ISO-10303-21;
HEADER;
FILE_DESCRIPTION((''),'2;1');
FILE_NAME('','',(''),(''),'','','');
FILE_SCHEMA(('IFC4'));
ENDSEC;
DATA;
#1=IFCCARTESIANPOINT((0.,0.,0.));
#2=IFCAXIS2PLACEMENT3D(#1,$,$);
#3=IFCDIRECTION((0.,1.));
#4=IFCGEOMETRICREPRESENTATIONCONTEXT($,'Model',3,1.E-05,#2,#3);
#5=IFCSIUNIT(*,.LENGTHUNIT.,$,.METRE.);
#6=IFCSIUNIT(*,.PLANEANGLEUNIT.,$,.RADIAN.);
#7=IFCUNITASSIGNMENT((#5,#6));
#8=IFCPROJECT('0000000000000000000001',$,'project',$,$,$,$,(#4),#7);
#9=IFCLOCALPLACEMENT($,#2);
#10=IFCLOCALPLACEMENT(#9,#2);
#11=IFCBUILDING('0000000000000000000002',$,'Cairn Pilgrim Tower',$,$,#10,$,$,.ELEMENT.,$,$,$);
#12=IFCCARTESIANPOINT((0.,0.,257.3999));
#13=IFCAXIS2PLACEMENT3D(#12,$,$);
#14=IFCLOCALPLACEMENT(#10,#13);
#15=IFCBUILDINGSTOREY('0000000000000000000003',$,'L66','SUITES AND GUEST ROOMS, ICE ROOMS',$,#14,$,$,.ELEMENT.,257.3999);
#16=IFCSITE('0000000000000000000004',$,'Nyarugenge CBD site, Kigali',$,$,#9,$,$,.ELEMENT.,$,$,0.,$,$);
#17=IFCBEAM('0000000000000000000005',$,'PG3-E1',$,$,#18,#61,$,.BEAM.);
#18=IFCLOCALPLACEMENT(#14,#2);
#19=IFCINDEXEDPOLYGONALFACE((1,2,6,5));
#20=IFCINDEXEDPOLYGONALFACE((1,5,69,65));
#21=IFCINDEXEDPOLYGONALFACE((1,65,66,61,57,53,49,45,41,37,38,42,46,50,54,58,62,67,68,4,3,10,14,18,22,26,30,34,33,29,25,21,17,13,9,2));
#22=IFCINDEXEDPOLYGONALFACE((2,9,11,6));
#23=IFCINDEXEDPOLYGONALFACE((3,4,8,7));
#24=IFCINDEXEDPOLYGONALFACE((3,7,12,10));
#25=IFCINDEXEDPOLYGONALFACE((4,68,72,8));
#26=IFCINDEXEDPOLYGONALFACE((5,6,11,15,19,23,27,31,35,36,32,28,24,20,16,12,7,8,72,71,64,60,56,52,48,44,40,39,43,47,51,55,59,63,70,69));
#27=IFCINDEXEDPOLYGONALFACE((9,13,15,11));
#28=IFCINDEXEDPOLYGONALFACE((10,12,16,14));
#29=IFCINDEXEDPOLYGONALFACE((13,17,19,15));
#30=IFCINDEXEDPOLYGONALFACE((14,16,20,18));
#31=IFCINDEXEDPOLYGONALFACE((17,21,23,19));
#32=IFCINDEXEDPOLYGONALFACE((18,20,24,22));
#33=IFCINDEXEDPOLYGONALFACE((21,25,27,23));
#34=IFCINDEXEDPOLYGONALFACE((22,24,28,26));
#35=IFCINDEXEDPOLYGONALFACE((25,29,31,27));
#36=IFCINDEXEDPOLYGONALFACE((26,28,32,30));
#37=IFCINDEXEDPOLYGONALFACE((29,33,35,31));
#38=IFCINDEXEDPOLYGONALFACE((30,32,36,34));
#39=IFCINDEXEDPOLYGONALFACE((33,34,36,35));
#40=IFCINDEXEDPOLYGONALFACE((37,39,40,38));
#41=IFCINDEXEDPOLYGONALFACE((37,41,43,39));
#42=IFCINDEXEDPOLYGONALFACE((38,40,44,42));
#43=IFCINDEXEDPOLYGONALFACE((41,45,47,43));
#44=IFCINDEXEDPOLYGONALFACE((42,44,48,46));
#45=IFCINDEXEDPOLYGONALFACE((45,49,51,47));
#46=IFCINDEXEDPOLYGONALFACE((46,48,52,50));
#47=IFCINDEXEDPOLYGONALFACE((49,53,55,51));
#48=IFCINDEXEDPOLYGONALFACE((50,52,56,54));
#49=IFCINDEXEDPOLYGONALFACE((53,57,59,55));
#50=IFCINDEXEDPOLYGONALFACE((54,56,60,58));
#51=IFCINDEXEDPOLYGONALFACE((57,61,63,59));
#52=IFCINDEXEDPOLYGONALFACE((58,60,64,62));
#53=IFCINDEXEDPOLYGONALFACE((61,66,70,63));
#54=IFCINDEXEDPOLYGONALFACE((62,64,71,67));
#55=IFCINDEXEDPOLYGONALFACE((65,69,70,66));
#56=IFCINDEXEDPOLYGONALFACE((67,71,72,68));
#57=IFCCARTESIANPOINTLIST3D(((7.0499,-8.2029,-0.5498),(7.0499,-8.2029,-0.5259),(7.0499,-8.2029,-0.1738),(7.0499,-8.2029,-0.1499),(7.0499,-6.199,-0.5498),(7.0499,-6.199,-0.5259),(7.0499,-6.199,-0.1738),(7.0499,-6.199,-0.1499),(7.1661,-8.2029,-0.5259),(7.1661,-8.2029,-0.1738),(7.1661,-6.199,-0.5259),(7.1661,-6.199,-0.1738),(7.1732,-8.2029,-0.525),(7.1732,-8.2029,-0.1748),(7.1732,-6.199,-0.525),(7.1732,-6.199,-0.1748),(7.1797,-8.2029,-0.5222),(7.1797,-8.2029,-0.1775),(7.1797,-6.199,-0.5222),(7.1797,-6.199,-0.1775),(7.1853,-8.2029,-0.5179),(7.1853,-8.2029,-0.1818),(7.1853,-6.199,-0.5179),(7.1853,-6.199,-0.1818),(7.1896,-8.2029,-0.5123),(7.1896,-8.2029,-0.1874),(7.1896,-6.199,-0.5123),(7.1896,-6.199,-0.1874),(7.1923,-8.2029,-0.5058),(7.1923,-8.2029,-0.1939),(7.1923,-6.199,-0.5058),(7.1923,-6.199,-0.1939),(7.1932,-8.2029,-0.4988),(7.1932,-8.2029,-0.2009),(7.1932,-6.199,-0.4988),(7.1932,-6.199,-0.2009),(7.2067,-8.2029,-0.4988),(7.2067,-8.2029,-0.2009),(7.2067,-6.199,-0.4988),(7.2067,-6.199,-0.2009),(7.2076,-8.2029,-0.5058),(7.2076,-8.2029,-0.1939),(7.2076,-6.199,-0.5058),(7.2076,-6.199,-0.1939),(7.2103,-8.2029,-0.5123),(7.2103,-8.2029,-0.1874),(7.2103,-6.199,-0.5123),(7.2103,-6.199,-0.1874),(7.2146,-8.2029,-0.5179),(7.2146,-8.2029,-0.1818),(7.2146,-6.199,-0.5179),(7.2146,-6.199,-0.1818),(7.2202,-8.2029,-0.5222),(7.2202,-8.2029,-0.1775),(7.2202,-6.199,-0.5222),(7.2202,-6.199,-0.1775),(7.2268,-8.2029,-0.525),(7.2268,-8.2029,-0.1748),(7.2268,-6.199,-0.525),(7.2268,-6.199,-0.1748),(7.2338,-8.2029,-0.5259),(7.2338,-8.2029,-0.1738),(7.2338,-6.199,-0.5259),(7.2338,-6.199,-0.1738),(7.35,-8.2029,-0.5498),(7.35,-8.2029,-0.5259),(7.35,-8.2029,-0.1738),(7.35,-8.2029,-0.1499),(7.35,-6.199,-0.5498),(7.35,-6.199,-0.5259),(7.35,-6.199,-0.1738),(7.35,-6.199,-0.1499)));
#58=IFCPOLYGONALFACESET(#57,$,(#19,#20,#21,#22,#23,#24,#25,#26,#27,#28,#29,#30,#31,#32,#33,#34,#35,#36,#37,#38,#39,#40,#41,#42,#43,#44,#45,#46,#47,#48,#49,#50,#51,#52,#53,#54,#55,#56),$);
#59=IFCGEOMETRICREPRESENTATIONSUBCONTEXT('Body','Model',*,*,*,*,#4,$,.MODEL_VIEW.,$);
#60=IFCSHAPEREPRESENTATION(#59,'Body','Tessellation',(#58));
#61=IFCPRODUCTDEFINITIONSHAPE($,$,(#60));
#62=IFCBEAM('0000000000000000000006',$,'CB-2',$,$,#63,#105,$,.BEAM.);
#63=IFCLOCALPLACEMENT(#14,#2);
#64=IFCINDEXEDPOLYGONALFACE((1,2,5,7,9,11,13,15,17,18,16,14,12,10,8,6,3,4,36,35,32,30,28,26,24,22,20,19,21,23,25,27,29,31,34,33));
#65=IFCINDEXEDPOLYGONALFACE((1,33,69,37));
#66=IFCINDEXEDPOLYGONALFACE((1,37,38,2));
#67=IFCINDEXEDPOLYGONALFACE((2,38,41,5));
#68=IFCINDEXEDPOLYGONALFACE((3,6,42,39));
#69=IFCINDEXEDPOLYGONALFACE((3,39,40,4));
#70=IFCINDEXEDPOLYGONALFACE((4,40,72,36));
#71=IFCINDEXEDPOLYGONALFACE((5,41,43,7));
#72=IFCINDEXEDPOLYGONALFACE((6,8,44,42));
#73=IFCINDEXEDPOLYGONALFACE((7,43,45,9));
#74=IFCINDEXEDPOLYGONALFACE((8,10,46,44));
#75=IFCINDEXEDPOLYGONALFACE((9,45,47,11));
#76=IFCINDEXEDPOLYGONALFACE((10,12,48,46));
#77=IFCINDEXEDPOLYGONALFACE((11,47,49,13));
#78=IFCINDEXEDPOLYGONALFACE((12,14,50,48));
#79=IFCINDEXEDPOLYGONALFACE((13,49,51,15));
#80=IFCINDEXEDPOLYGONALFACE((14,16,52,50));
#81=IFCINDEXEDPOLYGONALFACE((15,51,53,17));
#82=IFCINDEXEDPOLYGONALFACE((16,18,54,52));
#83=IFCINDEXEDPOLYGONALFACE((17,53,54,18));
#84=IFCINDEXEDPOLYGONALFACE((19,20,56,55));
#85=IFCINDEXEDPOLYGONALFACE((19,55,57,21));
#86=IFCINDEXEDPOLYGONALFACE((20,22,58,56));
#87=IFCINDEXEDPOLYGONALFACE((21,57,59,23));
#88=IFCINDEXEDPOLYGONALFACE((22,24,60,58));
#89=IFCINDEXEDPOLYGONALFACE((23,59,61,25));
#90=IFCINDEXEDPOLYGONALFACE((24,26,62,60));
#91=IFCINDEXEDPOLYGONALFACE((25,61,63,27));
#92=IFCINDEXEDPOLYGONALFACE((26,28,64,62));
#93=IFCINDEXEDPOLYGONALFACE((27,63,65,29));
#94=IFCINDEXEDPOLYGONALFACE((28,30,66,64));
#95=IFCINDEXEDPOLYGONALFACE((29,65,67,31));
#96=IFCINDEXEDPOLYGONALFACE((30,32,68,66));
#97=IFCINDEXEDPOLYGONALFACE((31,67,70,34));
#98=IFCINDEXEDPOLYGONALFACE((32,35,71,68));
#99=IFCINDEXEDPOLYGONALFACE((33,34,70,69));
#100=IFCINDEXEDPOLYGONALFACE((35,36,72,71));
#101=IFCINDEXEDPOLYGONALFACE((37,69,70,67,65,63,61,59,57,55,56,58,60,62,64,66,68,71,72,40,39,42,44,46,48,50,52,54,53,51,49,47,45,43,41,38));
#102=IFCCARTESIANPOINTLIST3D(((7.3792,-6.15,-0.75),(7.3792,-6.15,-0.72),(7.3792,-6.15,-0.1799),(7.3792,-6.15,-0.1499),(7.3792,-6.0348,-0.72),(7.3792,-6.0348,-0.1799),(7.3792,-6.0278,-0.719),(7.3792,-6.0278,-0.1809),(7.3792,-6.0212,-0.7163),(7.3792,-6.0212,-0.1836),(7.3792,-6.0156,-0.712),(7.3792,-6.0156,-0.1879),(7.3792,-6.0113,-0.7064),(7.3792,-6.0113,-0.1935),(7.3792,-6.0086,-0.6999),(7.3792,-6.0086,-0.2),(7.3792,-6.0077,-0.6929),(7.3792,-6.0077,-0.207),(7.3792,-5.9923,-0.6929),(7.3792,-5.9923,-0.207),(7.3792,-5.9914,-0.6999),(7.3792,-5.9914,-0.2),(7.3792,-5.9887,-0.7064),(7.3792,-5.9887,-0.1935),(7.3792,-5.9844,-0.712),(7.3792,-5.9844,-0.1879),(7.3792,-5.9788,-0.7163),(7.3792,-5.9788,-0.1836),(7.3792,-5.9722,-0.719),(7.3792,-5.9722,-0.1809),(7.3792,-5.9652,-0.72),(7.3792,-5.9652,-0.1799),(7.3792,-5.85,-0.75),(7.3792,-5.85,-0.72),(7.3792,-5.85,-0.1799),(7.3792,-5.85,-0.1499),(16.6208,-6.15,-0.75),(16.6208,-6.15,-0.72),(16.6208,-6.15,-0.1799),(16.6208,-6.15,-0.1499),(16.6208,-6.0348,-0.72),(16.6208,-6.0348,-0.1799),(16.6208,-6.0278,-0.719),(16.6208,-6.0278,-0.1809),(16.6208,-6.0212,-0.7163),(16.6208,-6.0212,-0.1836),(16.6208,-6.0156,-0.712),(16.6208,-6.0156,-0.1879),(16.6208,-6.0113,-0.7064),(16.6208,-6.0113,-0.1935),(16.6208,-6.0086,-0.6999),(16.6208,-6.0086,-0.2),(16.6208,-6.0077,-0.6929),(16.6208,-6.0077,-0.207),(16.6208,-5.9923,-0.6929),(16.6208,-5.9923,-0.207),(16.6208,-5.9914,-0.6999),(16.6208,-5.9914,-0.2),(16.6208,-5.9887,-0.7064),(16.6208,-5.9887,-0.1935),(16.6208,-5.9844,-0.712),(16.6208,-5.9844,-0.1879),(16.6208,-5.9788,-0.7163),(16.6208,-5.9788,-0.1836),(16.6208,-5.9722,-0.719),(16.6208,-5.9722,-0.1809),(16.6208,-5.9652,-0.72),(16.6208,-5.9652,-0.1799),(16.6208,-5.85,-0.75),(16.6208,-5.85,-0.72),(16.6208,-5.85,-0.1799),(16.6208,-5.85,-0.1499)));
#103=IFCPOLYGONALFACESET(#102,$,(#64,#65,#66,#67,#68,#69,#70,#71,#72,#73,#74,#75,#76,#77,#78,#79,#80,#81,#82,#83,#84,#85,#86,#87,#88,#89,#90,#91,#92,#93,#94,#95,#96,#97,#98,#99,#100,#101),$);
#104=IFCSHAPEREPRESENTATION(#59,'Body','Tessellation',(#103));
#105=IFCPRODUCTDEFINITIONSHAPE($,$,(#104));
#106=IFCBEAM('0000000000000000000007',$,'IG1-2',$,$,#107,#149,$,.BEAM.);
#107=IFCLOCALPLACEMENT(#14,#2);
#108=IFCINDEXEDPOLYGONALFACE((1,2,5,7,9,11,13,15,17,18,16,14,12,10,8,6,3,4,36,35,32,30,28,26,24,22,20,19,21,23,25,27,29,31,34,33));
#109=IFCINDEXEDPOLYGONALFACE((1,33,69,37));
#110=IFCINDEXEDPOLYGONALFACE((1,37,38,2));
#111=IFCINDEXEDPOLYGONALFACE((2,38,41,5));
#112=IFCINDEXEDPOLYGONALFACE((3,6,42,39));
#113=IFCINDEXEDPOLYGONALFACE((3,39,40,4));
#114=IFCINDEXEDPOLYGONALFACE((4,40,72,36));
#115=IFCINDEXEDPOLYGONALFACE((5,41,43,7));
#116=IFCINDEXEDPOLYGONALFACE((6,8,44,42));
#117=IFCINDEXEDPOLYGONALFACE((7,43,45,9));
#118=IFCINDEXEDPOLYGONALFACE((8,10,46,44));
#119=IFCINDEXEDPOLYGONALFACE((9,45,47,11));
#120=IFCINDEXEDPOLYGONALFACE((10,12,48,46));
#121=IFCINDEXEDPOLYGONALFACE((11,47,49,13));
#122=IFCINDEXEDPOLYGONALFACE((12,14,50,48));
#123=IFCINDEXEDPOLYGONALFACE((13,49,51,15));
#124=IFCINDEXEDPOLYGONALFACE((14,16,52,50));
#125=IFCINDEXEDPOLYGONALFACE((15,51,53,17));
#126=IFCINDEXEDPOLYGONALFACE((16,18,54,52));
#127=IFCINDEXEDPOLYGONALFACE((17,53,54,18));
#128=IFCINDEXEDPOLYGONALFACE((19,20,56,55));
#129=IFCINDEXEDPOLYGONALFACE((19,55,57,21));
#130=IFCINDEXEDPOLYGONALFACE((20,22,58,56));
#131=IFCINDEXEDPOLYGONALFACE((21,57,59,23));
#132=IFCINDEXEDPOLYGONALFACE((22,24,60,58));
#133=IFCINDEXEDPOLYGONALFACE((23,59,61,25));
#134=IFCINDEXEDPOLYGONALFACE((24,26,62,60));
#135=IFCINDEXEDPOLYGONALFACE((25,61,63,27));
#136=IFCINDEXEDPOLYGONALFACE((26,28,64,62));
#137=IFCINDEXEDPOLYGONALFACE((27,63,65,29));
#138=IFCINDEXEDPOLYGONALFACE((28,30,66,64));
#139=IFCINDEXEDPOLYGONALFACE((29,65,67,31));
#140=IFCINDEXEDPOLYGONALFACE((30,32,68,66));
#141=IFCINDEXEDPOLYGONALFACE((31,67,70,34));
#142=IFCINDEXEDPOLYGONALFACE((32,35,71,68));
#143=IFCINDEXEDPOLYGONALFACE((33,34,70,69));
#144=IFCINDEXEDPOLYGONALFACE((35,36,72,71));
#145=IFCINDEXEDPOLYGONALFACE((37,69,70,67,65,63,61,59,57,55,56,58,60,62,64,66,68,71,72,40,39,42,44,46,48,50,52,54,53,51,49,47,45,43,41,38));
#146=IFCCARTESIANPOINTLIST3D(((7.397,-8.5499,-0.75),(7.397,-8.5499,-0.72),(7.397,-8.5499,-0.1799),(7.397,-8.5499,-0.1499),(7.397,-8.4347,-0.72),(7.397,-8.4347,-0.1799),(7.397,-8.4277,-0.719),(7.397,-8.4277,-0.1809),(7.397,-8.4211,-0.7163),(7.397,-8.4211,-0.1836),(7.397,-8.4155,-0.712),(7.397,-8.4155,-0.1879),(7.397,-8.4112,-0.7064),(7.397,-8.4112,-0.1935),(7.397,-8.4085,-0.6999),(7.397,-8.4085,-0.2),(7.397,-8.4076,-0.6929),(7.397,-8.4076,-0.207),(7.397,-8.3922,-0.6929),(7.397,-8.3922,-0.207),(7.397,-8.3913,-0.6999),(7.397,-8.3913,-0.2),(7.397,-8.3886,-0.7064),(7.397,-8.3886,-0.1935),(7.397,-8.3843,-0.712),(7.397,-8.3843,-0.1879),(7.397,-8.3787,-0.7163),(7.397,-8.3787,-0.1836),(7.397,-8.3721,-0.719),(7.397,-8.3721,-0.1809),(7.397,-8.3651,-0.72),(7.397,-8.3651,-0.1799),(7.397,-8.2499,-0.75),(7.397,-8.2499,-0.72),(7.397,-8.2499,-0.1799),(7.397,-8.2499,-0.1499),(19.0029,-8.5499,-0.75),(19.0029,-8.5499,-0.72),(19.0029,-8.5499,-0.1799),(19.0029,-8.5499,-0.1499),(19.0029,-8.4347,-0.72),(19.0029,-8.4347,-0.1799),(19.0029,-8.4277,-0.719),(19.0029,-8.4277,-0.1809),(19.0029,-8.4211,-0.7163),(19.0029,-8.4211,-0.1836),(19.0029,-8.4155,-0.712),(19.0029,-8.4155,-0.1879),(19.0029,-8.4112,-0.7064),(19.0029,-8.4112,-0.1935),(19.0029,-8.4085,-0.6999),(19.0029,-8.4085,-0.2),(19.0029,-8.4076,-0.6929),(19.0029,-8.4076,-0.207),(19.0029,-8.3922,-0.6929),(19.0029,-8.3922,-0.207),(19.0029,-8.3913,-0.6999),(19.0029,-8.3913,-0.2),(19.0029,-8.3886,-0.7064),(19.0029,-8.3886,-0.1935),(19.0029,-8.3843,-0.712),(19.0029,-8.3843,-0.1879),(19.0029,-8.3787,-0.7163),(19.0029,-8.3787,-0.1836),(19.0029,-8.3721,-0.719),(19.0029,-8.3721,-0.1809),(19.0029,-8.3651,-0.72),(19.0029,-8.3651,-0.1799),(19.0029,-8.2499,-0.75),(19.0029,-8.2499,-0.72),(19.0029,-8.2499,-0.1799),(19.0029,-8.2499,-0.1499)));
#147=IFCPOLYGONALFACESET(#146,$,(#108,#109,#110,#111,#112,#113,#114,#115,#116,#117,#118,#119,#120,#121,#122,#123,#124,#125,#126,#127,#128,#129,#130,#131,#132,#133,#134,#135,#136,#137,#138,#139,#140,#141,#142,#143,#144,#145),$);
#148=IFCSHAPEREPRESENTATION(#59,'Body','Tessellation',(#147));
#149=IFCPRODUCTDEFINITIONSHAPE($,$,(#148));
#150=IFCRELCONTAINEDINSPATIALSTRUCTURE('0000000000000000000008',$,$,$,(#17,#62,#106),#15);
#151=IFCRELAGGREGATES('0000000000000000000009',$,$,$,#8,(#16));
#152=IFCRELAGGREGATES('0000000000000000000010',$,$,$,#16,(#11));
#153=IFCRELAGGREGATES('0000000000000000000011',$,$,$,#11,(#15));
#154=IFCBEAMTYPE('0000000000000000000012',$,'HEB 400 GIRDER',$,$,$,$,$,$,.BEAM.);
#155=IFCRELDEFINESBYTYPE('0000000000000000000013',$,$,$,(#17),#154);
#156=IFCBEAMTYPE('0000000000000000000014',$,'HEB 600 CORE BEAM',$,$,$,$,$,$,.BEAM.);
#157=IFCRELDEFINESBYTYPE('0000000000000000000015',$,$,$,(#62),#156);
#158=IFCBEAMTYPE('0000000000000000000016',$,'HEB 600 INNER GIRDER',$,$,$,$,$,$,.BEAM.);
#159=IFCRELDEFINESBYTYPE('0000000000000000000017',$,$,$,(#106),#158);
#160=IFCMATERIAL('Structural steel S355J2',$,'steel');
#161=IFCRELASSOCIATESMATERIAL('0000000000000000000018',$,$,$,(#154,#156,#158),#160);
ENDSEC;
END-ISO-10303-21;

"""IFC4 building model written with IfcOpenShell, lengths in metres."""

from ifc_helpers import new_model, si_unit, direction, frame, origin, origin_2d, place, context, subcontext, project, spatial, i_section, extrude, material, material_profile, profile_set, type_object, element, save


model = new_model("IFC4")

# Units and contexts
model_context = context("Model", 3, precision=1e-05, world=origin(), true_north=direction((0.0, 1.0)))
body_context = subcontext(model_context, "Body", "Model", "MODEL_VIEW")
ifc_project = project(units=[si_unit("LENGTHUNIT", "METRE"), si_unit("PLANEANGLEUNIT", "RADIAN")], contexts=[model_context])

# Site, building, storey
site_placement = place(None, origin())
site = spatial("IfcSite", under=ifc_project, at=site_placement, Name="Nyarugenge CBD site, Kigali", CompositionType="ELEMENT", RefElevation=0.0)
building_placement = place(site_placement, origin())
building = spatial("IfcBuilding", under=site, at=building_placement, Name="Cairn Pilgrim Tower", CompositionType="ELEMENT")
storey_placement = place(building_placement, frame((0.0, 0.0, 257.3999)))
storey = spatial("IfcBuildingStorey", under=building, at=storey_placement, Name="L66", Description="SUITES AND GUEST ROOMS, ICE ROOMS", CompositionType="ELEMENT", Elevation=257.3999)

# Shared definitions
ifc_material_1 = material(Name="Structural steel S355J2", Category="steel")

# Beams
ifc_material_profile_1 = material_profile(ifc_material_1, i_section(OverallWidth=0.3, OverallDepth=0.3999, WebThickness=0.0134, FlangeThickness=0.0239, FilletRadius=0.0271, at=origin_2d()), Name="HEB 400")
ifc_profile_set_1 = profile_set([ifc_material_profile_1], Name="Structural steel S355J2")
beam_type_1 = type_object("IfcBeamType", Name="HEB 400 GIRDER", PredefinedType="BEAM", material=ifc_profile_set_1)
beam_1_placement = place(storey_placement, frame((7.2, -8.2029, -0.3499), z_axis=(0.0, 1.0, 0.0), x_axis=(-1.0, 0.0, 0.0)))
element("IfcBeam", 1, at=beam_1_placement, inside=storey, type_object=beam_type_1, Name="PG3-E1", PredefinedType="BEAM", context=body_context, shape_type="SweptSolid", body=[
    extrude(i_section(OverallWidth=0.3, OverallDepth=0.3999, WebThickness=0.0134, FlangeThickness=0.0239, FilletRadius=0.0271, at=origin_2d()), origin(), (0.0, 0.0, 1.0), 2.0039),
])
ifc_material_profile_2 = material_profile(ifc_material_1, i_section(OverallWidth=0.3, OverallDepth=0.6001, WebThickness=0.0154, FlangeThickness=0.03, FilletRadius=0.0271, at=origin_2d()), Name="HEB 600")
ifc_profile_set_2 = profile_set([ifc_material_profile_2], Name="Structural steel S355J2")
beam_type_2 = type_object("IfcBeamType", Name="HEB 600 CORE BEAM", PredefinedType="BEAM", material=ifc_profile_set_2)
beam_2_placement = place(storey_placement, frame((7.3792, -6.0, -0.45), z_axis=(1.0, 0.0, 0.0), x_axis=(0.0, 1.0, 0.0)))
element("IfcBeam", 2, at=beam_2_placement, inside=storey, type_object=beam_type_2, Name="CB-2", PredefinedType="BEAM", context=body_context, shape_type="SweptSolid", body=[
    extrude(i_section(OverallWidth=0.3, OverallDepth=0.6001, WebThickness=0.0154, FlangeThickness=0.03, FilletRadius=0.0271, at=origin_2d()), origin(), (0.0, 0.0, 1.0), 9.2417),
])
ifc_material_profile_3 = material_profile(ifc_material_1, i_section(OverallWidth=0.3, OverallDepth=0.6001, WebThickness=0.0154, FlangeThickness=0.03, FilletRadius=0.0271, at=origin_2d()), Name="HEB 600")
ifc_profile_set_3 = profile_set([ifc_material_profile_3], Name="Structural steel S355J2")
beam_type_3 = type_object("IfcBeamType", Name="HEB 600 INNER GIRDER", PredefinedType="BEAM", material=ifc_profile_set_3)
beam_3_placement = place(storey_placement, frame((7.397, -8.3999, -0.45), z_axis=(1.0, 0.0, 0.0), x_axis=(0.0, 1.0, 0.0)))
element("IfcBeam", 3, at=beam_3_placement, inside=storey, type_object=beam_type_3, Name="IG1-2", PredefinedType="BEAM", context=body_context, shape_type="SweptSolid", body=[
    extrude(i_section(OverallWidth=0.3, OverallDepth=0.6001, WebThickness=0.0154, FlangeThickness=0.03, FilletRadius=0.0271, at=origin_2d()), origin(), (0.0, 0.0, 1.0), 11.606),
])

save(model, "model.ifc")
